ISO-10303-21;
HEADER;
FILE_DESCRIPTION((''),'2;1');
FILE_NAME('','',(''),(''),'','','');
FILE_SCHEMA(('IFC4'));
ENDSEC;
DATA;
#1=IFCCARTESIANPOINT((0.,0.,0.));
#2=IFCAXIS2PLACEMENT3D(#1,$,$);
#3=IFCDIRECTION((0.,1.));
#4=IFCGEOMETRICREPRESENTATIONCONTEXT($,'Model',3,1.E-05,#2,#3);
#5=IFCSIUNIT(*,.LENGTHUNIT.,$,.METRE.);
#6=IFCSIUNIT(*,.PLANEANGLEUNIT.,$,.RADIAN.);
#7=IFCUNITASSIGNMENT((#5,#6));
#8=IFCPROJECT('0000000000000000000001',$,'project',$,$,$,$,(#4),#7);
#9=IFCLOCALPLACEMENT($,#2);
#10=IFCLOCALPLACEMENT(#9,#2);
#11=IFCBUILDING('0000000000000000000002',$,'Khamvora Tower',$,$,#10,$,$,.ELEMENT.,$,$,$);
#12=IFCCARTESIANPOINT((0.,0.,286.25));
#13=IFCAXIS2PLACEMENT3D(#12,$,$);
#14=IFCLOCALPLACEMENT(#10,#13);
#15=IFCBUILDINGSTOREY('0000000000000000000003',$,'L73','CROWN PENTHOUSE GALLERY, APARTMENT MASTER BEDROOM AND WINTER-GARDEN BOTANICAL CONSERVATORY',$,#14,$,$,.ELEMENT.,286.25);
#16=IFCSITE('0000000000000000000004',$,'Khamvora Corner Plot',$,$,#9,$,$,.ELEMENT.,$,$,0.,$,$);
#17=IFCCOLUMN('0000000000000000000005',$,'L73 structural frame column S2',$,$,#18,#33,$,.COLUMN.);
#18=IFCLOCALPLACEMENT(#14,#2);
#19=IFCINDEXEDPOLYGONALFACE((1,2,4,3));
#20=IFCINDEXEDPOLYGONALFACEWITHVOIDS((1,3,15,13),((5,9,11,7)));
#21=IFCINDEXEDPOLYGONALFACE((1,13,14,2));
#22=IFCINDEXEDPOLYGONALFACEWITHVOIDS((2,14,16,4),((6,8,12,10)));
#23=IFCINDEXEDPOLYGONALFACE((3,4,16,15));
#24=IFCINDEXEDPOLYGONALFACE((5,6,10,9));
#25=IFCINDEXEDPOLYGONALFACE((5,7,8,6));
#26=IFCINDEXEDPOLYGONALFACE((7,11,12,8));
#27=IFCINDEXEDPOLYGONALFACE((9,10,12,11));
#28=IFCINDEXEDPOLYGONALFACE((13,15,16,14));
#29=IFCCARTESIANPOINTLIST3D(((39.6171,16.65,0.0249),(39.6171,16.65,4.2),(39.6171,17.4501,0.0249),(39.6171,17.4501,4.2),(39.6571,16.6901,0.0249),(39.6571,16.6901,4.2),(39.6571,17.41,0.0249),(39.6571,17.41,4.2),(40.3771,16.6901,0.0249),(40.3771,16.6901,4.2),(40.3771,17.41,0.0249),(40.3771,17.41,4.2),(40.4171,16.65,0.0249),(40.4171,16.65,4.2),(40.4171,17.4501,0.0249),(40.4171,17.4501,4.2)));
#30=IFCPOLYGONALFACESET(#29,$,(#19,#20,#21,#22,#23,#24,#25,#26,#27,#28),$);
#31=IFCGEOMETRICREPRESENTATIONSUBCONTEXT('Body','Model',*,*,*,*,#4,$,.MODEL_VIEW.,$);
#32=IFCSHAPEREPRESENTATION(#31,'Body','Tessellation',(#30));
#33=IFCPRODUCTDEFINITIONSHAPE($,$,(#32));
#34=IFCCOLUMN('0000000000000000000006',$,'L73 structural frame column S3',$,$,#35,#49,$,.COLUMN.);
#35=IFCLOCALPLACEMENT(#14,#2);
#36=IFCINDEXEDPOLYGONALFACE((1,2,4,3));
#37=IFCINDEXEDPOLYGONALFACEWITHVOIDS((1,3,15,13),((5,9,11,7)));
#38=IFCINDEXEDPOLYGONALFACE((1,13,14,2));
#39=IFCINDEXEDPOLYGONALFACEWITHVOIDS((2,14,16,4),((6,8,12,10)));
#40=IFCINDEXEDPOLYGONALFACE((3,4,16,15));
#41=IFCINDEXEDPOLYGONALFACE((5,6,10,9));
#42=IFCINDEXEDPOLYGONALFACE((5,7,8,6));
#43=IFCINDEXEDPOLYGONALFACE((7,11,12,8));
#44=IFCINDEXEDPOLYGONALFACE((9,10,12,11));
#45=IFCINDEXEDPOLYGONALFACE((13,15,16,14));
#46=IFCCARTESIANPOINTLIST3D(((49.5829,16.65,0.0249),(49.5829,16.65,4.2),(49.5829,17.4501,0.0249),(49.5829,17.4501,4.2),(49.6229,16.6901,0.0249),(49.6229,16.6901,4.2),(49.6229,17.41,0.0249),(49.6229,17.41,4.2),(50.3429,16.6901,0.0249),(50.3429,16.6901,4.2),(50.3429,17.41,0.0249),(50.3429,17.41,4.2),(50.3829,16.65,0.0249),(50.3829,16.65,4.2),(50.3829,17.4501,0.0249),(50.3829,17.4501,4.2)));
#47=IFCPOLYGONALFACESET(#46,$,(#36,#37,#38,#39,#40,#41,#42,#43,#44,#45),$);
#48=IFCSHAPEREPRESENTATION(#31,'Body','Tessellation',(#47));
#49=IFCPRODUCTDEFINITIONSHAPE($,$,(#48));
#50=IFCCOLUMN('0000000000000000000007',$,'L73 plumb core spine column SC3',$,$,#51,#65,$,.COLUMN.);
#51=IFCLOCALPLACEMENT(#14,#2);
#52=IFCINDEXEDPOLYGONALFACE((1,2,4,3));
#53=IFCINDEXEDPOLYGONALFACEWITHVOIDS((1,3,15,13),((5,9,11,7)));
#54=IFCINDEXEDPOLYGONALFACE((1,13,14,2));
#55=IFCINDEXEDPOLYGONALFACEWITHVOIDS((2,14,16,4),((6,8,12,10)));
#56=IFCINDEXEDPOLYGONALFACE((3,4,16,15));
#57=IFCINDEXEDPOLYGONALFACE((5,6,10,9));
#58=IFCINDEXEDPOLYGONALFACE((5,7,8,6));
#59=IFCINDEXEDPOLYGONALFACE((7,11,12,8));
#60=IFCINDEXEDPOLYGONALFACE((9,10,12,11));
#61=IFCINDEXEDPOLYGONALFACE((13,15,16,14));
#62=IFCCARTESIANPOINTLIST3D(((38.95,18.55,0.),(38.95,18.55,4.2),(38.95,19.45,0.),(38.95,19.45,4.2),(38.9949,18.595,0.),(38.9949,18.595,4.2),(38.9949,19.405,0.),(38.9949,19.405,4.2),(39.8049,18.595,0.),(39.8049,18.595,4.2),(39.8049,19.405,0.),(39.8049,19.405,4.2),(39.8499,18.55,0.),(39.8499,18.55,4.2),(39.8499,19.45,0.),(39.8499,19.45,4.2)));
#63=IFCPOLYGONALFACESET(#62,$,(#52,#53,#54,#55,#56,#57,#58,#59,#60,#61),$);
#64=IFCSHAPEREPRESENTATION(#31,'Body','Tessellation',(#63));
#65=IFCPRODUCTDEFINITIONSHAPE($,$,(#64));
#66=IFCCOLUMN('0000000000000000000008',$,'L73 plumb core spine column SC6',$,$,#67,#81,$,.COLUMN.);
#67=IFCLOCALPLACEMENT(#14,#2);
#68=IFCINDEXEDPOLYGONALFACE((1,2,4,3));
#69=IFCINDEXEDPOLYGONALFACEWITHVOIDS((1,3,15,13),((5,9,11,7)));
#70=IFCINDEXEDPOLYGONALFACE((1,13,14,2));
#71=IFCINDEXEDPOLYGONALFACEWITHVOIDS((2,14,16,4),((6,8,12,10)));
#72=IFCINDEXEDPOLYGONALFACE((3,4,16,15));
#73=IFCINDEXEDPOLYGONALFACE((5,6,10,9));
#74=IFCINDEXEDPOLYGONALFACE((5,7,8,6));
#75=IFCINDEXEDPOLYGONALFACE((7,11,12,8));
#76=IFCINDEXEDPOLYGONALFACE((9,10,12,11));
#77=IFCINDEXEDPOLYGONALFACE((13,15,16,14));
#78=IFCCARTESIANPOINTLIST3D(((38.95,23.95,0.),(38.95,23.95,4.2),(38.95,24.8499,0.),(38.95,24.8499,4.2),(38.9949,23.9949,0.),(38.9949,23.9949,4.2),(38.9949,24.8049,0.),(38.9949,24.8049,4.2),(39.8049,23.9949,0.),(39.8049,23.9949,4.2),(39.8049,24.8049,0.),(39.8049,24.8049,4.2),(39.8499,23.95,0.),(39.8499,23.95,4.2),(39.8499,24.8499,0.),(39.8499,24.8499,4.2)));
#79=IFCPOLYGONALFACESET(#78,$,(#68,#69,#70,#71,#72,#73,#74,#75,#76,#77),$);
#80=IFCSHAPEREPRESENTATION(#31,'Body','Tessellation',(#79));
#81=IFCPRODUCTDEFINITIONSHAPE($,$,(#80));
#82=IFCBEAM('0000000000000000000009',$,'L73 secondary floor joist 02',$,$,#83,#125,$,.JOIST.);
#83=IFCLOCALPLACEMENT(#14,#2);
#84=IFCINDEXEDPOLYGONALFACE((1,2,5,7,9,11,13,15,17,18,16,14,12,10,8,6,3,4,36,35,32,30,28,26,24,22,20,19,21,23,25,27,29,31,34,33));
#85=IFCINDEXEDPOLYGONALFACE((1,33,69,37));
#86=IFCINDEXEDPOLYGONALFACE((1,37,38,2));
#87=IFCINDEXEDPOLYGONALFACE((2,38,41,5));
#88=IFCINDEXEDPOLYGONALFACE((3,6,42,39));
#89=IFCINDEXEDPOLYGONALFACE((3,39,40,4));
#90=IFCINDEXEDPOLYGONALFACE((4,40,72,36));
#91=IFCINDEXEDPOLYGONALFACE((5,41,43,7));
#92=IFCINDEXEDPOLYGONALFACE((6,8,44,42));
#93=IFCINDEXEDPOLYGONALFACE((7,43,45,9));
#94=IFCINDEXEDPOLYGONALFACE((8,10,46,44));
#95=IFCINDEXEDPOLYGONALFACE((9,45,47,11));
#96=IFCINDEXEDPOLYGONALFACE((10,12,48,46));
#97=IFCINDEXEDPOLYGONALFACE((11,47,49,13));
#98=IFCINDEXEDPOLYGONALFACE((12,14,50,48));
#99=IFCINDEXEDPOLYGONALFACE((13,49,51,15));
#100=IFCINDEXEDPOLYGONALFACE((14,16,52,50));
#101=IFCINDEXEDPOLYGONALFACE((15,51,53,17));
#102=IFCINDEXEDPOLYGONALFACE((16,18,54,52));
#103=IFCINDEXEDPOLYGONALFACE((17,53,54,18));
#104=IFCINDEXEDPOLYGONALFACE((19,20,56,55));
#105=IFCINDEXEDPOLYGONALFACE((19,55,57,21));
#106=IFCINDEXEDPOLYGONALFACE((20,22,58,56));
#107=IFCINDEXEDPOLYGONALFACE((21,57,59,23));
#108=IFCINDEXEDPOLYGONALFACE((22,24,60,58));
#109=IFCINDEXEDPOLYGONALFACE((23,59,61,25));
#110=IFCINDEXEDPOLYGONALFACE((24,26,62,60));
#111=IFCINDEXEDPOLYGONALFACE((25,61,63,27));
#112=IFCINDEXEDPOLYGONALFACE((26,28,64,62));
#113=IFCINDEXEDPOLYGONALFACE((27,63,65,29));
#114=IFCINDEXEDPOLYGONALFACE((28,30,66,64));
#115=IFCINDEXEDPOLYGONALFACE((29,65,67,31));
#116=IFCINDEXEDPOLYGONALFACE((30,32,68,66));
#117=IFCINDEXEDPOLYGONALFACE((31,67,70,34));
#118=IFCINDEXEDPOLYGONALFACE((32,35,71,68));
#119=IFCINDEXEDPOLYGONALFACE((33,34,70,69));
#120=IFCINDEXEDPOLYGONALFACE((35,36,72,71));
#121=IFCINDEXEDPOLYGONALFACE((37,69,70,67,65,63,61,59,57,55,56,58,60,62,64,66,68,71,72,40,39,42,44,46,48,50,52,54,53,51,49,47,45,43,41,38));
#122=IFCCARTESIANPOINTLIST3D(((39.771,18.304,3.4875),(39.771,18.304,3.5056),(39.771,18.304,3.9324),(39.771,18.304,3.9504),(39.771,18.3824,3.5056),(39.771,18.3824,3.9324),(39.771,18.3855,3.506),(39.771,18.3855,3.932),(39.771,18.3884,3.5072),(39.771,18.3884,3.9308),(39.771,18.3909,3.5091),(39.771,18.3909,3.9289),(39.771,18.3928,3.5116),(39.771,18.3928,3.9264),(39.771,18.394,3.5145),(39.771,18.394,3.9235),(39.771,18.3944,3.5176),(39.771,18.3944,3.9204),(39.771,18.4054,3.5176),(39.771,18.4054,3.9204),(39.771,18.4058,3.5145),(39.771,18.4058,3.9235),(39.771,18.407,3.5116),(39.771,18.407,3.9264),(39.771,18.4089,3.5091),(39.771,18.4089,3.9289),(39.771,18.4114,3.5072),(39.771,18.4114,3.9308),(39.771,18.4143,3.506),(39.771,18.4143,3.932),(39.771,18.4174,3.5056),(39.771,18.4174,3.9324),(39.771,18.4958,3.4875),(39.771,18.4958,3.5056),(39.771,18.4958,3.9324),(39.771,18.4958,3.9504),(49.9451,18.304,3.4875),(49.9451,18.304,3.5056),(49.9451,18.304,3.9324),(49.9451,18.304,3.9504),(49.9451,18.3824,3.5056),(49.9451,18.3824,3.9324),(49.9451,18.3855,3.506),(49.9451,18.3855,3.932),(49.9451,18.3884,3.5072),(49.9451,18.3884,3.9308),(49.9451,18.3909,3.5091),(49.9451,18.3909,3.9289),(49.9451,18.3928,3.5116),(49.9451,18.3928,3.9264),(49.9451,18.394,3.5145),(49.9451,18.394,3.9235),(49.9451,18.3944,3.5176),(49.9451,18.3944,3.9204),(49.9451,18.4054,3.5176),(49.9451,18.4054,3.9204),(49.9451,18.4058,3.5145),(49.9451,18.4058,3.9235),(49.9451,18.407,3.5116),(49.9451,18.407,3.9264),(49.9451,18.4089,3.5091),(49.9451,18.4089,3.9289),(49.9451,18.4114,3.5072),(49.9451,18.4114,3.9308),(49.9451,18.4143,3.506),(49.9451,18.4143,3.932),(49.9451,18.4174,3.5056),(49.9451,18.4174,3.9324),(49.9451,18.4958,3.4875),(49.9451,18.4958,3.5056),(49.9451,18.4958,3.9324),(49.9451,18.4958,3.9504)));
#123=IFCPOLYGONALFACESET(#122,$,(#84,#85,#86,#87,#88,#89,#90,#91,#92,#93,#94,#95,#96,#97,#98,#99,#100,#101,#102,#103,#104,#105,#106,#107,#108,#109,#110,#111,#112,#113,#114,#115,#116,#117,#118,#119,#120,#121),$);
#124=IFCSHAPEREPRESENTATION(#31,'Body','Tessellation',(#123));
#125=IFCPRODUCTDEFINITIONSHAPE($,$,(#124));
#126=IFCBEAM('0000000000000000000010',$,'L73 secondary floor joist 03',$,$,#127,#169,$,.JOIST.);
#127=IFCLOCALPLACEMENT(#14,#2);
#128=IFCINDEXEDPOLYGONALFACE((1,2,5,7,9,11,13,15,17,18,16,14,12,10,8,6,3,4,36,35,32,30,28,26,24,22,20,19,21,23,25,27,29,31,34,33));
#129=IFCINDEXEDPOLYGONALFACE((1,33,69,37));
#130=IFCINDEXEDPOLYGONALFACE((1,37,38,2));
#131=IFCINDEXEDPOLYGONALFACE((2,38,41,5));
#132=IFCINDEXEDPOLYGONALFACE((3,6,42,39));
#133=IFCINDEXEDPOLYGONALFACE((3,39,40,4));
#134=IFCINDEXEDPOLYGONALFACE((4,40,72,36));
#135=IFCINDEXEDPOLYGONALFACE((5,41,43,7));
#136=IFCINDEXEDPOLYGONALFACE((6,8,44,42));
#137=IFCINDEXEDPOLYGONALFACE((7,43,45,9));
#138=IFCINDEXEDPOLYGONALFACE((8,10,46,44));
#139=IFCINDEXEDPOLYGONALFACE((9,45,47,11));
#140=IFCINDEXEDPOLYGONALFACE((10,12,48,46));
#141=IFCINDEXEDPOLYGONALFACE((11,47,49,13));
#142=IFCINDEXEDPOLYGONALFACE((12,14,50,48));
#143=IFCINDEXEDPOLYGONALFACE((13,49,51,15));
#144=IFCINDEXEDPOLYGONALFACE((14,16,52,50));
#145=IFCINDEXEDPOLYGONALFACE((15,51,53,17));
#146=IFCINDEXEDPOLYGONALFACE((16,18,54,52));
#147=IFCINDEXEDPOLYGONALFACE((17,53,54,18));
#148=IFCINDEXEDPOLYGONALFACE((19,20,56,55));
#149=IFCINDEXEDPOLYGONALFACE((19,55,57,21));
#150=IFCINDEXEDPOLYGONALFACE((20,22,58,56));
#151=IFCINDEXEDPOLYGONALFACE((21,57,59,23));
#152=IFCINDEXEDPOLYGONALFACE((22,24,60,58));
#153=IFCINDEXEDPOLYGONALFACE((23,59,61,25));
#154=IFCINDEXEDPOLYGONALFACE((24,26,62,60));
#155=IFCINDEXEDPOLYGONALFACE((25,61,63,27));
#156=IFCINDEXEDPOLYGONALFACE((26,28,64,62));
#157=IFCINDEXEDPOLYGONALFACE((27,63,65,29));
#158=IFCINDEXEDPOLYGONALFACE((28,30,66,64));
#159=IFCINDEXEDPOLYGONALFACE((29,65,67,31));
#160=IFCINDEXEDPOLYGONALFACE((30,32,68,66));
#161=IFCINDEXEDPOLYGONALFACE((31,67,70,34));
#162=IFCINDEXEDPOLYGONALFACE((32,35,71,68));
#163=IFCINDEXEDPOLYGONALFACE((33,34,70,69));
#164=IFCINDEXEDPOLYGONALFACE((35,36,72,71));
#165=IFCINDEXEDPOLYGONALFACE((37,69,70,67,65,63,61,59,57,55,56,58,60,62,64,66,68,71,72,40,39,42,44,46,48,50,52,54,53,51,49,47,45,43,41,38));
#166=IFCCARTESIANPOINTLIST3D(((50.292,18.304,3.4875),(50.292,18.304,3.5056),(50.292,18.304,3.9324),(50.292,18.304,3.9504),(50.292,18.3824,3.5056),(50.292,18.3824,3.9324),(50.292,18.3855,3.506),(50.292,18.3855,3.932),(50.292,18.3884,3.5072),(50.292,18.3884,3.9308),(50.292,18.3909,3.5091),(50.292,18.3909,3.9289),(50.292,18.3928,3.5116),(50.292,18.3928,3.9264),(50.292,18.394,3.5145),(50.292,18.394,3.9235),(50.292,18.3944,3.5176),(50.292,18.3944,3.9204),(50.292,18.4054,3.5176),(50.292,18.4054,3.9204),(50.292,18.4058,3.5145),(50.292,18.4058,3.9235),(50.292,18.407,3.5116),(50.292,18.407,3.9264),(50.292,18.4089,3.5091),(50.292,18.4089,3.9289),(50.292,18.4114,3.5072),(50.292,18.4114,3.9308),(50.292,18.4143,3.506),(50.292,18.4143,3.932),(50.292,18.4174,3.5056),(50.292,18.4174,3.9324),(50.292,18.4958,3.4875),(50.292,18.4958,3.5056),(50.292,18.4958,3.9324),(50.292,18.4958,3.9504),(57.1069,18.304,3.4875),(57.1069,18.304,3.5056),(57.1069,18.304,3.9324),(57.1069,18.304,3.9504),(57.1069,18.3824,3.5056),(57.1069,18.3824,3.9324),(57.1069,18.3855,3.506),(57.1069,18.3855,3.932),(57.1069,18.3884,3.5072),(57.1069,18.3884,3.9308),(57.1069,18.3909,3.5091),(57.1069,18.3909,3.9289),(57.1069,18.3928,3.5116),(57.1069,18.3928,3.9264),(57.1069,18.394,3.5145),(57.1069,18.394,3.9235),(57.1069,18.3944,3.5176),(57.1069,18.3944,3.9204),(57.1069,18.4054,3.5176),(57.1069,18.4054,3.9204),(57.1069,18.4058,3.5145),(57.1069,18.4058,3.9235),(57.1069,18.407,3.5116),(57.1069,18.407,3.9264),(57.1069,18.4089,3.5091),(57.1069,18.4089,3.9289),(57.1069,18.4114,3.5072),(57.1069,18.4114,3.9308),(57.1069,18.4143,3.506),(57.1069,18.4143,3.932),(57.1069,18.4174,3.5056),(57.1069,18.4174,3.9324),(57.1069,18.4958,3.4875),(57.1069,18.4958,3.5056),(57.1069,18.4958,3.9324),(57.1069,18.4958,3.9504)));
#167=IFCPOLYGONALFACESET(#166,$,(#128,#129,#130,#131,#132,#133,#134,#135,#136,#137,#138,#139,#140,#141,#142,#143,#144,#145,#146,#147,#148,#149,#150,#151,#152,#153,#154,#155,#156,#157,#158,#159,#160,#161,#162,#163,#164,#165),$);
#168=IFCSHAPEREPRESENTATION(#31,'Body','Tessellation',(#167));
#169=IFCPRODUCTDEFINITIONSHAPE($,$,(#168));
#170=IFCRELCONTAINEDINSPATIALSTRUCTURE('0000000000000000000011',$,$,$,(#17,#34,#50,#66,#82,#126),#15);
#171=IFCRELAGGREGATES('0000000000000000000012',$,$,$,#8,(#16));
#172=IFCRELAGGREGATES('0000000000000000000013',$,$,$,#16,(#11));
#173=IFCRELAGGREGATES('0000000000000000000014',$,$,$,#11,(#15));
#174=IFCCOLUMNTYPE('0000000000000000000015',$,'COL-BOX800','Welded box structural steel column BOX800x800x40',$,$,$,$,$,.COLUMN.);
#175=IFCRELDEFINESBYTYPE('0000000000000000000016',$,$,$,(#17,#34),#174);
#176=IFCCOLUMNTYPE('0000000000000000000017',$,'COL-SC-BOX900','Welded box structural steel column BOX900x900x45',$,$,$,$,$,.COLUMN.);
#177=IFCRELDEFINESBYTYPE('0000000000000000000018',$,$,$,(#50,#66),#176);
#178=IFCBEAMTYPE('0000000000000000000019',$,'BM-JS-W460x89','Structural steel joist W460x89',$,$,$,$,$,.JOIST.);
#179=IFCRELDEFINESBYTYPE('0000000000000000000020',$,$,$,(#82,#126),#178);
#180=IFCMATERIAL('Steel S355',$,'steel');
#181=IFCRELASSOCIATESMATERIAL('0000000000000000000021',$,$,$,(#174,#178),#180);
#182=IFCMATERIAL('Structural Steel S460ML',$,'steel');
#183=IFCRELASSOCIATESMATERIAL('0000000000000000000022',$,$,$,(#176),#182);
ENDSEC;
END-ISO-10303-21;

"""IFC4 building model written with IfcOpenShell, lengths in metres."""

from ifc_helpers import new_model, si_unit, direction, frame, origin, origin_2d, place, context, subcontext, project, spatial, hollow_rectangle, i_section, extrude, material, material_profile, profile_set, type_object, element, save


model = new_model("IFC4")

# Units and contexts
model_context = context("Model", 3, precision=1e-05, world=origin(), true_north=direction((0.0, 1.0)))
body_context = subcontext(model_context, "Body", "Model", "MODEL_VIEW")
ifc_project = project(units=[si_unit("LENGTHUNIT", "METRE"), si_unit("PLANEANGLEUNIT", "RADIAN")], contexts=[model_context])

# Site, building, storey
site_placement = place(None, origin())
site = spatial("IfcSite", under=ifc_project, at=site_placement, Name="Khamvora Corner Plot", CompositionType="ELEMENT", RefElevation=0.0)
building_placement = place(site_placement, origin())
building = spatial("IfcBuilding", under=site, at=building_placement, Name="Khamvora Tower", CompositionType="ELEMENT")
storey_placement = place(building_placement, frame((0.0, 0.0, 286.25)))
storey = spatial("IfcBuildingStorey", under=building, at=storey_placement, Name="L73", Description="CROWN PENTHOUSE GALLERY, APARTMENT MASTER BEDROOM AND WINTER-GARDEN BOTANICAL CONSERVATORY", CompositionType="ELEMENT", Elevation=286.25)

# Columns
ifc_material_1 = material(Name="Steel S355", Category="steel")
ifc_material_profile_1 = material_profile(ifc_material_1, hollow_rectangle(XDim=0.8, YDim=0.8, WallThickness=0.04, at=origin_2d()), Name="BOX800x800x40")
ifc_profile_set_1 = profile_set([ifc_material_profile_1], Name="Steel S355")
column_type_1 = type_object("IfcColumnType", Name="COL-BOX800", Description="Welded box structural steel column BOX800x800x40", PredefinedType="COLUMN", material=ifc_profile_set_1)
for number, where, z_axis, x_axis, name in (
    (1, (40.0171, 17.05, 0.0249), (0.0, 0.0, 1.0), (1.0, 0.0, 0.0), "L73 structural frame column S2"),
    (2, (49.9829, 17.05, 0.0249), (0.0, 0.0, 1.0), (1.0, 0.0, 0.0), "L73 structural frame column S3"),
):
    element("IfcColumn", number, at=place(storey_placement, frame(where, z_axis=z_axis, x_axis=x_axis)), inside=storey, type_object=column_type_1, Name=name, PredefinedType="COLUMN", context=body_context, shape_type="SweptSolid", body=[
        extrude(hollow_rectangle(XDim=0.8, YDim=0.8, WallThickness=0.04, at=origin_2d()), origin(), (0.0, 0.0, 1.0), 4.175),
    ])
ifc_material_2 = material(Name="Structural Steel S460ML", Category="steel")
ifc_material_profile_2 = material_profile(ifc_material_2, hollow_rectangle(XDim=0.8999, YDim=0.8999, WallThickness=0.0449, at=origin_2d()), Name="BOX900x900x45")
ifc_profile_set_2 = profile_set([ifc_material_profile_2], Name="Structural Steel S460ML")
column_type_2 = type_object("IfcColumnType", Name="COL-SC-BOX900", Description="Welded box structural steel column BOX900x900x45", PredefinedType="COLUMN", material=ifc_profile_set_2)
for number, where, z_axis, x_axis, name in (
    (3, (39.3999, 19.0, 0.0), (0.0, 0.0, 1.0), (1.0, 0.0, 0.0), "L73 plumb core spine column SC3"),
    (4, (39.3999, 24.3999, 0.0), (0.0, 0.0, 1.0), (1.0, 0.0, 0.0), "L73 plumb core spine column SC6"),
):
    element("IfcColumn", number, at=place(storey_placement, frame(where, z_axis=z_axis, x_axis=x_axis)), inside=storey, type_object=column_type_2, Name=name, PredefinedType="COLUMN", context=body_context, shape_type="SweptSolid", body=[
        extrude(hollow_rectangle(XDim=0.8999, YDim=0.8999, WallThickness=0.0449, at=origin_2d()), origin(), (0.0, 0.0, 1.0), 4.2),
    ])

# Beams
ifc_material_profile_3 = material_profile(ifc_material_1, i_section(OverallWidth=0.1919, OverallDepth=0.4629, WebThickness=0.011, FlangeThickness=0.0181, FilletRadius=0.012, at=origin_2d()), Name="W460x89")
ifc_profile_set_3 = profile_set([ifc_material_profile_3], Name="Steel S355")
beam_type_1 = type_object("IfcBeamType", Name="BM-JS-W460x89", Description="Structural steel joist W460x89", PredefinedType="JOIST", material=ifc_profile_set_3)
beam_1_placement = place(storey_placement, frame((39.771, 18.3999, 3.719), z_axis=(1.0, 0.0, 0.0), x_axis=(0.0, 1.0, 0.0)))
element("IfcBeam", 5, at=beam_1_placement, inside=storey, type_object=beam_type_1, Name="L73 secondary floor joist 02", PredefinedType="JOIST", context=body_context, shape_type="SweptSolid", body=[
    extrude(i_section(OverallWidth=0.1919, OverallDepth=0.4629, WebThickness=0.011, FlangeThickness=0.0181, FilletRadius=0.012, at=origin_2d()), origin(), (0.0, 0.0, 1.0), 10.1741),
])
beam_2_placement = place(storey_placement, frame((50.292, 18.3999, 3.719), z_axis=(1.0, 0.0, 0.0), x_axis=(0.0, 1.0, 0.0)))
element("IfcBeam", 6, at=beam_2_placement, inside=storey, type_object=beam_type_1, Name="L73 secondary floor joist 03", PredefinedType="JOIST", context=body_context, shape_type="SweptSolid", body=[
    extrude(i_section(OverallWidth=0.1919, OverallDepth=0.4629, WebThickness=0.011, FlangeThickness=0.0181, FilletRadius=0.012, at=origin_2d()), origin(), (0.0, 0.0, 1.0), 6.8149),
])

save(model, "model.ifc")
